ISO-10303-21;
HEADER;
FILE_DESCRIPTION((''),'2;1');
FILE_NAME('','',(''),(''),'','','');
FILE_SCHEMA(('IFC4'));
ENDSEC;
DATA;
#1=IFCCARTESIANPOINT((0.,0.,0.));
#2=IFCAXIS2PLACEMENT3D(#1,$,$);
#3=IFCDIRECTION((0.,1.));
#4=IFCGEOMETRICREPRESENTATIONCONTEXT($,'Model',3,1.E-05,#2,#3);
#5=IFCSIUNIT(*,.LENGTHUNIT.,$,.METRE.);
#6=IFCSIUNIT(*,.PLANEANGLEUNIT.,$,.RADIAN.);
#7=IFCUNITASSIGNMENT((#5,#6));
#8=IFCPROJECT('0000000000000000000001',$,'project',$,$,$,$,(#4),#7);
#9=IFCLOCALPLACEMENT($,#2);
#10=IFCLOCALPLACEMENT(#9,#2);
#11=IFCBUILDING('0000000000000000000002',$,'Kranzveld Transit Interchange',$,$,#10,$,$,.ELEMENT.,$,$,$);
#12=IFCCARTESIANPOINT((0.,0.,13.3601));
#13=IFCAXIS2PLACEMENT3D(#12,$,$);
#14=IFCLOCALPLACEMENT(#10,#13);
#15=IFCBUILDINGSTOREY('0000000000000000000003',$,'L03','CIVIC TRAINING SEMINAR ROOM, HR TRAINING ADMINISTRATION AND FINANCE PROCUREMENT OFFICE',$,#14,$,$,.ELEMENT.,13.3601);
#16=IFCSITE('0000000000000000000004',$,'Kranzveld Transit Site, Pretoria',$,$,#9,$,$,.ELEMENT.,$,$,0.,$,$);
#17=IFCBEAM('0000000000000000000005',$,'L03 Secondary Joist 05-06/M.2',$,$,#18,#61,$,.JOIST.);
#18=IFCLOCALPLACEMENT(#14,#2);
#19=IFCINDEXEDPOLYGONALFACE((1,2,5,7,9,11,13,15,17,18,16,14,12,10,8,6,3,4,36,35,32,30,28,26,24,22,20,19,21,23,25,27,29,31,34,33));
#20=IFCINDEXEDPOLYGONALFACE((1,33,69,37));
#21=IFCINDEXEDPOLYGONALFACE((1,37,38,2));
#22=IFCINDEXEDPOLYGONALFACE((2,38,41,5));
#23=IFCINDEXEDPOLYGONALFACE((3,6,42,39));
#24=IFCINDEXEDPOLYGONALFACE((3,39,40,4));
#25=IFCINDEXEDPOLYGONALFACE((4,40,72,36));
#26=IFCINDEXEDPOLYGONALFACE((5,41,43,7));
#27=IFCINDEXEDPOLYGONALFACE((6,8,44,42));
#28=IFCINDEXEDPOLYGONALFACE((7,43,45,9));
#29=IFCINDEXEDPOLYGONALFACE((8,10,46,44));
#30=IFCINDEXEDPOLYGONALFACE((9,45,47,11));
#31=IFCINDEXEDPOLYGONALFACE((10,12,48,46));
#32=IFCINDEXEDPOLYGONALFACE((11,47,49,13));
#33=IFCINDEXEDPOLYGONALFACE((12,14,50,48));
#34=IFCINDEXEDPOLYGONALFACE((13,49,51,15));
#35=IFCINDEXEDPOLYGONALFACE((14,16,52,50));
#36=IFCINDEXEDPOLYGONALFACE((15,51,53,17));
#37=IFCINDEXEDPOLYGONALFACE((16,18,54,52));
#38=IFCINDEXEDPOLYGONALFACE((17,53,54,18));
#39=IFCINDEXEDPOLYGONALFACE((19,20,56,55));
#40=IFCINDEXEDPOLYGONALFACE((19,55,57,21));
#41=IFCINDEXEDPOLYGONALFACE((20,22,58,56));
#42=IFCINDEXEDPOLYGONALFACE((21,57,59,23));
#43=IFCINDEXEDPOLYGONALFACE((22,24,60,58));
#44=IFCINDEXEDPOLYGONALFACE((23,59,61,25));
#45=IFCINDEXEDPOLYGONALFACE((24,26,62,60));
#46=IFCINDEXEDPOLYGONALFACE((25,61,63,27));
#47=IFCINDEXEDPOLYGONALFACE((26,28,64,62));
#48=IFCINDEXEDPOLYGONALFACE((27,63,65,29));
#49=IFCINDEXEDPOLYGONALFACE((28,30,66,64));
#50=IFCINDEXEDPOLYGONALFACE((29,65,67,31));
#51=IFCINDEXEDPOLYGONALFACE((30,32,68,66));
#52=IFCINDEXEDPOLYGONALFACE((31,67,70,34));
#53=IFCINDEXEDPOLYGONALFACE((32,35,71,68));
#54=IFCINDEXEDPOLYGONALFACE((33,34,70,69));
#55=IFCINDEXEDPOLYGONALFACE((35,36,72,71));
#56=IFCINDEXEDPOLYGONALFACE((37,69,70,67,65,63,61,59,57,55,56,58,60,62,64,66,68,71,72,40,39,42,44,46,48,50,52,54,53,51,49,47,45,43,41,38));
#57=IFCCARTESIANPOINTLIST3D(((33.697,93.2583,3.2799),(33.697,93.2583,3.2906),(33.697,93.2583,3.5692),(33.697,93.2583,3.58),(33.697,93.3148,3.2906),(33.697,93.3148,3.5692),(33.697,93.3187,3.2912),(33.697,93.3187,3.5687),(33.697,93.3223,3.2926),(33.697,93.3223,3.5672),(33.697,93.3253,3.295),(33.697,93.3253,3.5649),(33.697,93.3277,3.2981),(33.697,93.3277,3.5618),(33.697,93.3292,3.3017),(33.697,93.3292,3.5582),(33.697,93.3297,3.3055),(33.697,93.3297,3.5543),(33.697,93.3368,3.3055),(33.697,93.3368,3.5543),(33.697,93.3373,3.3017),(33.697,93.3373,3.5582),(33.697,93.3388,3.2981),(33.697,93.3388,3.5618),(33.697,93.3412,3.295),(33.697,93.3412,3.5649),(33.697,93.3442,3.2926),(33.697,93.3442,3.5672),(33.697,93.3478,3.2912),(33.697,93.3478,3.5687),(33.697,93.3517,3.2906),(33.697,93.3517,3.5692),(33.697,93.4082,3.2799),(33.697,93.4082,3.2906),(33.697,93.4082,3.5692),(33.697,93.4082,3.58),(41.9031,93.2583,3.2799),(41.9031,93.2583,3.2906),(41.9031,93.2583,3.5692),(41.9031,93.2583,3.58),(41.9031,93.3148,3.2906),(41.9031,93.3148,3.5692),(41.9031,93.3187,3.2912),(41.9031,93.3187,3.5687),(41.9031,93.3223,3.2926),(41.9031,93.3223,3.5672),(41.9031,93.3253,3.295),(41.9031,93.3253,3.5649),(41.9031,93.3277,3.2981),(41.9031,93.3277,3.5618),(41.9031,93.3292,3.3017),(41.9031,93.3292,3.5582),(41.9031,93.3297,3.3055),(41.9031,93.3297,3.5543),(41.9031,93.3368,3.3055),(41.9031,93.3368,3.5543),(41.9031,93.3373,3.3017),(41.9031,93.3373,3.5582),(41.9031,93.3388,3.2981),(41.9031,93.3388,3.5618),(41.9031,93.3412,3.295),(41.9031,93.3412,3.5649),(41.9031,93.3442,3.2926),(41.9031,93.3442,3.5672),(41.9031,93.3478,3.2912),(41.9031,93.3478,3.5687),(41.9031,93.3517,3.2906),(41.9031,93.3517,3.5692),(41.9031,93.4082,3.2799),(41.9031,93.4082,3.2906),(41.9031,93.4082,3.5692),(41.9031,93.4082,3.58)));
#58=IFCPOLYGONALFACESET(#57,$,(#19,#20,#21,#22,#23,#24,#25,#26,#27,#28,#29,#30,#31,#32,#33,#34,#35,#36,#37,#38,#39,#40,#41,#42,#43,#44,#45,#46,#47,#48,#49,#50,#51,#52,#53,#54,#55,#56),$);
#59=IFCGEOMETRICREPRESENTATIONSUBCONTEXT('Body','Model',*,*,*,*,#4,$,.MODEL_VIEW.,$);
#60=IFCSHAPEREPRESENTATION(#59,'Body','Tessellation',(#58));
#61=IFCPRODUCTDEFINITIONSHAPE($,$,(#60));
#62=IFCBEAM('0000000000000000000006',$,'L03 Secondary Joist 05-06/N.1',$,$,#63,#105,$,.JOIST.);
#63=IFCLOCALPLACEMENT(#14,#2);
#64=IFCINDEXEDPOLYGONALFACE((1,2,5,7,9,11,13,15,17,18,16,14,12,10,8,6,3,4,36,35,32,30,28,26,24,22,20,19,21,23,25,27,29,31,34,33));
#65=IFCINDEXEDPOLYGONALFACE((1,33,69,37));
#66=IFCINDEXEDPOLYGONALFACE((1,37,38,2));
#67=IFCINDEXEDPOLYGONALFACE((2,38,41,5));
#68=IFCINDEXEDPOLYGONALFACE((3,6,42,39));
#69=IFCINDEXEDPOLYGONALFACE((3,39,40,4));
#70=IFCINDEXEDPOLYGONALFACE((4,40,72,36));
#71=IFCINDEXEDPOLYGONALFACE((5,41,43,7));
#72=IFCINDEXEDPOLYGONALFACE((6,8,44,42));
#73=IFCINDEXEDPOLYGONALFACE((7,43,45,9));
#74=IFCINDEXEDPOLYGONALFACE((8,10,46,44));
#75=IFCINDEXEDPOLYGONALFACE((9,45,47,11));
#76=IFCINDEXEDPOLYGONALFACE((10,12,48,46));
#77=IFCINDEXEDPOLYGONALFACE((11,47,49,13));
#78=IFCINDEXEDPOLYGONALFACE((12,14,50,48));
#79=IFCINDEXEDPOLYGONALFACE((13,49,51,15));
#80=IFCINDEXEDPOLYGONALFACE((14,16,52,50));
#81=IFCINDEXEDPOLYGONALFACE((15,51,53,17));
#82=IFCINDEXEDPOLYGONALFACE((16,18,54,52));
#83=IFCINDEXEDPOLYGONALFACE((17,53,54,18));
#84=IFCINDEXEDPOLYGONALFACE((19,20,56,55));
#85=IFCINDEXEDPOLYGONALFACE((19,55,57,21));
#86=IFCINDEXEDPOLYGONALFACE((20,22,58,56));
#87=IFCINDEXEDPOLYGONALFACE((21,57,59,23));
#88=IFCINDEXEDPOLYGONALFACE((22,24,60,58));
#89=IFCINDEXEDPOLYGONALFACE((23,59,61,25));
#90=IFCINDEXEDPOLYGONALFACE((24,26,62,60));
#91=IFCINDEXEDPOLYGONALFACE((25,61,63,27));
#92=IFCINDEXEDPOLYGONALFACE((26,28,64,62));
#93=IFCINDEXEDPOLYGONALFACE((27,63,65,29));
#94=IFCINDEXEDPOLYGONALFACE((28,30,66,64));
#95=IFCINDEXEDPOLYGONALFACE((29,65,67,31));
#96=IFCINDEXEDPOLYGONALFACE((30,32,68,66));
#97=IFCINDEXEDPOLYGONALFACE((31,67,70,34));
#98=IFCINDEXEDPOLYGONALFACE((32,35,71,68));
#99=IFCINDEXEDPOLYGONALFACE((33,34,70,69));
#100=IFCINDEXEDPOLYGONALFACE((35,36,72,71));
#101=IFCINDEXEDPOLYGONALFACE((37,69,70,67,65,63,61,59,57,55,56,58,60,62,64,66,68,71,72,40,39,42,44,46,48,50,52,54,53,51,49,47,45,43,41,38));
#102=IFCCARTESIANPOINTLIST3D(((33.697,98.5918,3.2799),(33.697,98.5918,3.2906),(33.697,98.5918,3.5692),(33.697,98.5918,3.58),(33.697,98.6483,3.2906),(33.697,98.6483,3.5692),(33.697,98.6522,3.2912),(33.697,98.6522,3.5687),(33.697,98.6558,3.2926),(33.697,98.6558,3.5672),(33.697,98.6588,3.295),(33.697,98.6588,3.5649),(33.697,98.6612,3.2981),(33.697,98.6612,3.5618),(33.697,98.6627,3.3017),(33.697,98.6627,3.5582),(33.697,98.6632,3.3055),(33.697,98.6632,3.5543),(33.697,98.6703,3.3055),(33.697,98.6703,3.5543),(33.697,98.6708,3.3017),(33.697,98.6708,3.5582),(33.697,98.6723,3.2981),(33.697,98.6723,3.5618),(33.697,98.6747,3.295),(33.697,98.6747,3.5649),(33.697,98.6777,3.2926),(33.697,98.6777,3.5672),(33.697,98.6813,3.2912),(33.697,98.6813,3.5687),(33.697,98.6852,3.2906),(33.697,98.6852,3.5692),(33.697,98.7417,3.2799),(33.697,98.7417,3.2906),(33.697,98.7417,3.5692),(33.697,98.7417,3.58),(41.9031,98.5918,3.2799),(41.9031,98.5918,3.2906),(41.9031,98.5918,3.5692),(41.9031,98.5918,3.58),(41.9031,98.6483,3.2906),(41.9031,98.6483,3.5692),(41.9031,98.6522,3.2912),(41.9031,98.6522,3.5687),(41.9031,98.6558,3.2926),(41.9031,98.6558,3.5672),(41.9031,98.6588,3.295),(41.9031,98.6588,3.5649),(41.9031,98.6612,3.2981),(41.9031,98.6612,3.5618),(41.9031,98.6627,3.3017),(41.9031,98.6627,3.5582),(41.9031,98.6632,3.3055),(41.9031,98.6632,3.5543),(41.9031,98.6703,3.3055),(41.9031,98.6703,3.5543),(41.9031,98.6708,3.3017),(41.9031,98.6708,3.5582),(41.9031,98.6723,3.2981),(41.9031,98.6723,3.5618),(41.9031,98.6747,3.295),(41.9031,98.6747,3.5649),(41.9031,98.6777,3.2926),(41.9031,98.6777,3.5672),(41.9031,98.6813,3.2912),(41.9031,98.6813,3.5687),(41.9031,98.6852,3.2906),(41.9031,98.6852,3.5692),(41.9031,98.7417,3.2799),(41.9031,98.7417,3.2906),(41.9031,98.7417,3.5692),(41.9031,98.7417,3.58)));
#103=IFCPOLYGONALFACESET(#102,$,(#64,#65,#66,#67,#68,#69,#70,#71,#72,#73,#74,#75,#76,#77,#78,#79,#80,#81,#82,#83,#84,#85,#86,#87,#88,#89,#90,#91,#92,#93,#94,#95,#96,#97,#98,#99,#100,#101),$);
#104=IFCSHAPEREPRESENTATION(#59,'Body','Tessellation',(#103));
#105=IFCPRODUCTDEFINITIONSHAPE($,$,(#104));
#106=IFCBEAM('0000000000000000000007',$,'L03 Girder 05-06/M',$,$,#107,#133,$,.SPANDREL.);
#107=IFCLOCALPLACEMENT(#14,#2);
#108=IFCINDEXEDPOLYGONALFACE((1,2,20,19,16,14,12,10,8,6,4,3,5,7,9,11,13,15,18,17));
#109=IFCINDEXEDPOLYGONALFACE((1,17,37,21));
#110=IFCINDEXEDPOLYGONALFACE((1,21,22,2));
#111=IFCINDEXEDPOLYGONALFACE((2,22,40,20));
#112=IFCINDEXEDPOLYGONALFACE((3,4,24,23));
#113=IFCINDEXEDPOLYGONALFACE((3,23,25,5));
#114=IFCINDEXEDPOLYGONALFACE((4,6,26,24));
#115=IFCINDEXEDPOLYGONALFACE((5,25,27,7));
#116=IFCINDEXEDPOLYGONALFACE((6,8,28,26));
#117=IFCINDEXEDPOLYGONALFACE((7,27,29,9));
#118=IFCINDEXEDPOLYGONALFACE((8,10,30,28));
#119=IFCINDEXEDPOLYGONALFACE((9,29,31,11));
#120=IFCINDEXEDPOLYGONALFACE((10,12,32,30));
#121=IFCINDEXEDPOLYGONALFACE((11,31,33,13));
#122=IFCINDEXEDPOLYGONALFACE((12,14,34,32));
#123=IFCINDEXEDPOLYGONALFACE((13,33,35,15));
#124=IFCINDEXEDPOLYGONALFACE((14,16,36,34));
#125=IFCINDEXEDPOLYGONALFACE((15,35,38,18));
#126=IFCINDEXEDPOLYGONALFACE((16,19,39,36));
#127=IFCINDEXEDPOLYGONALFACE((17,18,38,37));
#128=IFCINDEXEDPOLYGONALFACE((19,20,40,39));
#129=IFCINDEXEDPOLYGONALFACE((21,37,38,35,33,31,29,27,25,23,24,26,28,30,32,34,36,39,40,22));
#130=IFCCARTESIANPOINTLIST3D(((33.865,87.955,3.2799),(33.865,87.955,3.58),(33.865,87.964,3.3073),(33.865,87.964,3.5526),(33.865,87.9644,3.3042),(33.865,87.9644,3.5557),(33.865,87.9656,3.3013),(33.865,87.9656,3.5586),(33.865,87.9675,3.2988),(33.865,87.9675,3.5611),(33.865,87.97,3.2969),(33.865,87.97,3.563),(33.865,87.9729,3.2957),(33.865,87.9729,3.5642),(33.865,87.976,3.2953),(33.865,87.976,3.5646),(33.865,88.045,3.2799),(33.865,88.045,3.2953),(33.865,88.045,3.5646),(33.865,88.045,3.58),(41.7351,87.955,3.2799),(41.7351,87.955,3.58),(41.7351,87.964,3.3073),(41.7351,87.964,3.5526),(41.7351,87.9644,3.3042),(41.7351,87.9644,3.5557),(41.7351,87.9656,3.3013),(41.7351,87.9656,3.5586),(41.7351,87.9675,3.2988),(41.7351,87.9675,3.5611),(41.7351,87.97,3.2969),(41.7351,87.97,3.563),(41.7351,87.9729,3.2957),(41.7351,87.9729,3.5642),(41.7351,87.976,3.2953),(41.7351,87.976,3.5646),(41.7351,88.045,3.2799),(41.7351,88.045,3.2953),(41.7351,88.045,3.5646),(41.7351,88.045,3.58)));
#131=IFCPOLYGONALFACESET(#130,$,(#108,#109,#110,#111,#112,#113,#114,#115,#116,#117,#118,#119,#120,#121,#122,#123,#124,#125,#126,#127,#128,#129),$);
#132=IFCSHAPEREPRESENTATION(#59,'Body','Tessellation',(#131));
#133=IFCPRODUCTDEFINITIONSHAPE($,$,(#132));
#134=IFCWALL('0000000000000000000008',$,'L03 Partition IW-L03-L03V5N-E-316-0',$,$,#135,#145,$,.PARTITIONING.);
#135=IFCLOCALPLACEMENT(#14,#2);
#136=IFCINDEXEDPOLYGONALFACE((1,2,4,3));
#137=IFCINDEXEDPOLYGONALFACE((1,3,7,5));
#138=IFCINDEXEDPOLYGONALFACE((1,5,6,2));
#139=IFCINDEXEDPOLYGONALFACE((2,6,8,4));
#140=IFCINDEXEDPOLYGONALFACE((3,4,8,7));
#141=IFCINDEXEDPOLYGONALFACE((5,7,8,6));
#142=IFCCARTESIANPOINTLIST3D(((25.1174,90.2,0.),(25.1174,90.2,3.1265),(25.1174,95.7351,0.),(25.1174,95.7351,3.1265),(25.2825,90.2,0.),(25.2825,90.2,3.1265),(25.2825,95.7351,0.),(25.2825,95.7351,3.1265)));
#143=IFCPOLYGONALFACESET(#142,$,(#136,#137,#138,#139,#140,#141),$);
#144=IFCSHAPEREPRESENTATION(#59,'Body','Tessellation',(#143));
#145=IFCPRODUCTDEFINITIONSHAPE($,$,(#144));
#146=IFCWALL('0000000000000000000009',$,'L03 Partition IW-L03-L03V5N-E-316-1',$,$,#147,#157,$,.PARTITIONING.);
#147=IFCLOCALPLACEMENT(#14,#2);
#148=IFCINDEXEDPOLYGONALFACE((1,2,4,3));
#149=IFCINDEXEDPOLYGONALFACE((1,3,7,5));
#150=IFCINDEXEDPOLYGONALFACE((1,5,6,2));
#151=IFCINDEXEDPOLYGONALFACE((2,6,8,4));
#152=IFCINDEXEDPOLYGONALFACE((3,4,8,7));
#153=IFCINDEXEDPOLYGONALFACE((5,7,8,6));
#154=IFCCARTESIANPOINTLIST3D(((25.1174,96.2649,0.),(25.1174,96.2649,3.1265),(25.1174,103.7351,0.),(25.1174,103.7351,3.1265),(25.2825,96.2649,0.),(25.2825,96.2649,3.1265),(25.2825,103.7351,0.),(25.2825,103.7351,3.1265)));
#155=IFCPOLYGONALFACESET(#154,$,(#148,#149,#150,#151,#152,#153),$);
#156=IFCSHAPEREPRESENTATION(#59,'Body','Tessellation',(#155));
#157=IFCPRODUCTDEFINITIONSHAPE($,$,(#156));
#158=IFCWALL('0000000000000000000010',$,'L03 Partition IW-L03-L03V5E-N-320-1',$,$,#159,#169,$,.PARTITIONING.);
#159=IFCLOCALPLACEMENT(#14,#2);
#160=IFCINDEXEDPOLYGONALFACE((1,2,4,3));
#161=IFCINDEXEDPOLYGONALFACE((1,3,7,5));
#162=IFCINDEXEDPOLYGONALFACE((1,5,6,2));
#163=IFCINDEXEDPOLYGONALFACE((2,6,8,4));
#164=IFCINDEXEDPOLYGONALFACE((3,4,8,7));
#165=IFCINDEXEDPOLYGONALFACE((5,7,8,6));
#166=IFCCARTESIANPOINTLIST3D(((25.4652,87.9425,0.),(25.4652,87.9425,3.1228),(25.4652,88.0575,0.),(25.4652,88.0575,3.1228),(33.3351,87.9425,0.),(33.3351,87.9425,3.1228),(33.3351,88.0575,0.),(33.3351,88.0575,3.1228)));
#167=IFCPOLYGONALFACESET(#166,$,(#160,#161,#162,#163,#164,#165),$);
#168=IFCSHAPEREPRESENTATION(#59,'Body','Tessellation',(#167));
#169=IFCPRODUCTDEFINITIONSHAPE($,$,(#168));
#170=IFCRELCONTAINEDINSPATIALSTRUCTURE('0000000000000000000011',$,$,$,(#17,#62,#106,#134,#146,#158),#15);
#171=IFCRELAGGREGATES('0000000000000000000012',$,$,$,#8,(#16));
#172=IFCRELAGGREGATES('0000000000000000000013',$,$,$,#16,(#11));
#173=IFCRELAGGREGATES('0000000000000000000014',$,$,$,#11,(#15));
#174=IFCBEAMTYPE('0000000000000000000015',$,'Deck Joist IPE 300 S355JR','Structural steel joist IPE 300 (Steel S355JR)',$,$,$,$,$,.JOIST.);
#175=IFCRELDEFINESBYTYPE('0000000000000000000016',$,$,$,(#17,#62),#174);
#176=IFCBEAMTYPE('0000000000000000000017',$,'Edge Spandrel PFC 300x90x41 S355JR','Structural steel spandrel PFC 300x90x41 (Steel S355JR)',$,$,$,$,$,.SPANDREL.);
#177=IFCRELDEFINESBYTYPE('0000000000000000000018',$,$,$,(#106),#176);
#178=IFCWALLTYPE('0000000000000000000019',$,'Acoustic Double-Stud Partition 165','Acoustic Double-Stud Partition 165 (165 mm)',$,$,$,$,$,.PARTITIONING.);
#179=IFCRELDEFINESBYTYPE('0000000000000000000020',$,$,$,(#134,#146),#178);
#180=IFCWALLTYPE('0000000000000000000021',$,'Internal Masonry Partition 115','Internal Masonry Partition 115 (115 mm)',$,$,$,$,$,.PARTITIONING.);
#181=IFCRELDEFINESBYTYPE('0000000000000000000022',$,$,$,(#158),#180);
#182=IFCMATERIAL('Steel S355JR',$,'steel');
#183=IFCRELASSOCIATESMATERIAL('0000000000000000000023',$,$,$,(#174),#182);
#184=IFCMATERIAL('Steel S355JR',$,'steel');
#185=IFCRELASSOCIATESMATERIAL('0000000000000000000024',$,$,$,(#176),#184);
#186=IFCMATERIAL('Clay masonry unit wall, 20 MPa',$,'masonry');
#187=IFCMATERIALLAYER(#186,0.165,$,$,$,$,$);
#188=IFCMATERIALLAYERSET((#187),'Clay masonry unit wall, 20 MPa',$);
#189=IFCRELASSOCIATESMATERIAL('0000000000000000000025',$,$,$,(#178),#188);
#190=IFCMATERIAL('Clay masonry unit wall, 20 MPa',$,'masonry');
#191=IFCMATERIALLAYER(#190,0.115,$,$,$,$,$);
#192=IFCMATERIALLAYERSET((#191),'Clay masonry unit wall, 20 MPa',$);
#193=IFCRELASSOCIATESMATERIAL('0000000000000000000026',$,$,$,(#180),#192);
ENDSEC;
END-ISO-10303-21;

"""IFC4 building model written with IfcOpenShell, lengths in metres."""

from ifc_helpers import new_model, si_unit, direction, frame, frame_2d, origin, origin_2d, place, context, subcontext, project, spatial, rectangle, i_section, u_section, extrude, material, layer, layer_set, material_profile, profile_set, type_object, element, save


model = new_model("IFC4")

# Units and contexts
model_context = context("Model", 3, precision=1e-05, world=origin(), true_north=direction((0.0, 1.0)))
body_context = subcontext(model_context, "Body", "Model", "MODEL_VIEW")
ifc_project = project(units=[si_unit("LENGTHUNIT", "METRE"), si_unit("PLANEANGLEUNIT", "RADIAN")], contexts=[model_context])

# Site, building, storey
site_placement = place(None, origin())
site = spatial("IfcSite", under=ifc_project, at=site_placement, Name="Kranzveld Transit Site, Pretoria", CompositionType="ELEMENT", RefElevation=0.0)
building_placement = place(site_placement, origin())
building = spatial("IfcBuilding", under=site, at=building_placement, Name="Kranzveld Transit Interchange", CompositionType="ELEMENT")
storey_placement = place(building_placement, frame((0.0, 0.0, 13.3601)))
storey = spatial("IfcBuildingStorey", under=building, at=storey_placement, Name="L03", Description="CIVIC TRAINING SEMINAR ROOM, HR TRAINING ADMINISTRATION AND FINANCE PROCUREMENT OFFICE", CompositionType="ELEMENT", Elevation=13.3601)

# Beams
ifc_material_1 = material(Name="Steel S355JR", Category="steel")
ifc_material_profile_1 = material_profile(ifc_material_1, i_section(OverallWidth=0.1499, OverallDepth=0.3, WebThickness=0.0071, FlangeThickness=0.0107, FilletRadius=0.0149, at=origin_2d()), Name="IPE 300")
ifc_profile_set_1 = profile_set([ifc_material_profile_1], Name="Steel S355JR")
beam_type_1 = type_object("IfcBeamType", Name="Deck Joist IPE 300 S355JR", Description="Structural steel joist IPE 300 (Steel S355JR)", PredefinedType="JOIST", material=ifc_profile_set_1)
for number, where, z_axis, x_axis, name in (
    (1, (33.697, 93.3333, 3.4299), (1.0, 0.0, 0.0), (0.0, 1.0, 0.0), "L03 Secondary Joist 05-06/M.2"),
    (2, (33.697, 98.6667, 3.4299), (1.0, 0.0, 0.0), (0.0, 1.0, 0.0), "L03 Secondary Joist 05-06/N.1"),
):
    element("IfcBeam", number, at=place(storey_placement, frame(where, z_axis=z_axis, x_axis=x_axis)), inside=storey, type_object=beam_type_1, Name=name, PredefinedType="JOIST", context=body_context, shape_type="SweptSolid", body=[
        extrude(i_section(OverallWidth=0.1499, OverallDepth=0.3, WebThickness=0.0071, FlangeThickness=0.0107, FilletRadius=0.0149, at=origin_2d()), origin(), (0.0, 0.0, 1.0), 8.2061),
    ])
ifc_material_2 = material(Name="Steel S355JR", Category="steel")
ifc_material_profile_2 = material_profile(ifc_material_2, u_section(Depth=0.3, FlangeWidth=0.0901, WebThickness=0.009, FlangeThickness=0.0154, FilletRadius=0.012, at=origin_2d()), Name="PFC 300x90x41")
ifc_profile_set_2 = profile_set([ifc_material_profile_2], Name="Steel S355JR")
beam_type_2 = type_object("IfcBeamType", Name="Edge Spandrel PFC 300x90x41 S355JR", Description="Structural steel spandrel PFC 300x90x41 (Steel S355JR)", PredefinedType="SPANDREL", material=ifc_profile_set_2)
beam_1_placement = place(storey_placement, frame((33.865, 88.0, 3.4299), z_axis=(1.0, 0.0, 0.0), x_axis=(0.0, 1.0, 0.0)))
element("IfcBeam", 3, at=beam_1_placement, inside=storey, type_object=beam_type_2, Name="L03 Girder 05-06/M", PredefinedType="SPANDREL", context=body_context, shape_type="SweptSolid", body=[
    extrude(u_section(Depth=0.3, FlangeWidth=0.0901, WebThickness=0.009, FlangeThickness=0.0154, FilletRadius=0.012, at=origin_2d()), origin(), (0.0, 0.0, 1.0), 7.8701),
])

# Walls
ifc_material_3 = material(Name="Clay masonry unit wall, 20 MPa", Category="masonry")
ifc_layer_1 = layer(ifc_material_3, 0.165)
ifc_layer_set_1 = layer_set([ifc_layer_1], Name="Clay masonry unit wall, 20 MPa")
wall_type_1 = type_object("IfcWallType", Name="Acoustic Double-Stud Partition 165", Description="Acoustic Double-Stud Partition 165 (165 mm)", PredefinedType="PARTITIONING", material=ifc_layer_set_1)
wall_1_placement = place(storey_placement, frame((25.2, 90.2, 0.0), z_axis=(0.0, 0.0, 1.0), x_axis=(0.0, 1.0, 0.0)))
element("IfcWall", 4, at=wall_1_placement, inside=storey, type_object=wall_type_1, Name="L03 Partition IW-L03-L03V5N-E-316-0", PredefinedType="PARTITIONING", context=body_context, shape_type="SweptSolid", body=[
    extrude(rectangle(XDim=5.5352, YDim=0.165, at=frame_2d((2.7676, 0.0))), origin(), (0.0, 0.0, 1.0), 3.1265),
])
wall_2_placement = place(storey_placement, frame((25.2, 96.2649, 0.0), z_axis=(0.0, 0.0, 1.0), x_axis=(0.0, 1.0, 0.0)))
element("IfcWall", 5, at=wall_2_placement, inside=storey, type_object=wall_type_1, Name="L03 Partition IW-L03-L03V5N-E-316-1", PredefinedType="PARTITIONING", context=body_context, shape_type="SweptSolid", body=[
    extrude(rectangle(XDim=7.4702, YDim=0.165, at=frame_2d((3.7351, 0.0))), origin(), (0.0, 0.0, 1.0), 3.1265),
])
ifc_material_4 = material(Name="Clay masonry unit wall, 20 MPa", Category="masonry")
ifc_layer_2 = layer(ifc_material_4, 0.115)
ifc_layer_set_2 = layer_set([ifc_layer_2], Name="Clay masonry unit wall, 20 MPa")
wall_type_2 = type_object("IfcWallType", Name="Internal Masonry Partition 115", Description="Internal Masonry Partition 115 (115 mm)", PredefinedType="PARTITIONING", material=ifc_layer_set_2)
wall_3_placement = place(storey_placement, frame((25.4651, 88.0, 0.0), z_axis=(0.0, 0.0, 1.0), x_axis=(1.0, 0.0, 0.0)))
element("IfcWall", 6, at=wall_3_placement, inside=storey, type_object=wall_type_2, Name="L03 Partition IW-L03-L03V5E-N-320-1", PredefinedType="PARTITIONING", context=body_context, shape_type="SweptSolid", body=[
    extrude(rectangle(XDim=7.8699, YDim=0.115, at=frame_2d((3.9351, 0.0))), origin(), (0.0, 0.0, 1.0), 3.1228),
])

save(model, "model.ifc")
